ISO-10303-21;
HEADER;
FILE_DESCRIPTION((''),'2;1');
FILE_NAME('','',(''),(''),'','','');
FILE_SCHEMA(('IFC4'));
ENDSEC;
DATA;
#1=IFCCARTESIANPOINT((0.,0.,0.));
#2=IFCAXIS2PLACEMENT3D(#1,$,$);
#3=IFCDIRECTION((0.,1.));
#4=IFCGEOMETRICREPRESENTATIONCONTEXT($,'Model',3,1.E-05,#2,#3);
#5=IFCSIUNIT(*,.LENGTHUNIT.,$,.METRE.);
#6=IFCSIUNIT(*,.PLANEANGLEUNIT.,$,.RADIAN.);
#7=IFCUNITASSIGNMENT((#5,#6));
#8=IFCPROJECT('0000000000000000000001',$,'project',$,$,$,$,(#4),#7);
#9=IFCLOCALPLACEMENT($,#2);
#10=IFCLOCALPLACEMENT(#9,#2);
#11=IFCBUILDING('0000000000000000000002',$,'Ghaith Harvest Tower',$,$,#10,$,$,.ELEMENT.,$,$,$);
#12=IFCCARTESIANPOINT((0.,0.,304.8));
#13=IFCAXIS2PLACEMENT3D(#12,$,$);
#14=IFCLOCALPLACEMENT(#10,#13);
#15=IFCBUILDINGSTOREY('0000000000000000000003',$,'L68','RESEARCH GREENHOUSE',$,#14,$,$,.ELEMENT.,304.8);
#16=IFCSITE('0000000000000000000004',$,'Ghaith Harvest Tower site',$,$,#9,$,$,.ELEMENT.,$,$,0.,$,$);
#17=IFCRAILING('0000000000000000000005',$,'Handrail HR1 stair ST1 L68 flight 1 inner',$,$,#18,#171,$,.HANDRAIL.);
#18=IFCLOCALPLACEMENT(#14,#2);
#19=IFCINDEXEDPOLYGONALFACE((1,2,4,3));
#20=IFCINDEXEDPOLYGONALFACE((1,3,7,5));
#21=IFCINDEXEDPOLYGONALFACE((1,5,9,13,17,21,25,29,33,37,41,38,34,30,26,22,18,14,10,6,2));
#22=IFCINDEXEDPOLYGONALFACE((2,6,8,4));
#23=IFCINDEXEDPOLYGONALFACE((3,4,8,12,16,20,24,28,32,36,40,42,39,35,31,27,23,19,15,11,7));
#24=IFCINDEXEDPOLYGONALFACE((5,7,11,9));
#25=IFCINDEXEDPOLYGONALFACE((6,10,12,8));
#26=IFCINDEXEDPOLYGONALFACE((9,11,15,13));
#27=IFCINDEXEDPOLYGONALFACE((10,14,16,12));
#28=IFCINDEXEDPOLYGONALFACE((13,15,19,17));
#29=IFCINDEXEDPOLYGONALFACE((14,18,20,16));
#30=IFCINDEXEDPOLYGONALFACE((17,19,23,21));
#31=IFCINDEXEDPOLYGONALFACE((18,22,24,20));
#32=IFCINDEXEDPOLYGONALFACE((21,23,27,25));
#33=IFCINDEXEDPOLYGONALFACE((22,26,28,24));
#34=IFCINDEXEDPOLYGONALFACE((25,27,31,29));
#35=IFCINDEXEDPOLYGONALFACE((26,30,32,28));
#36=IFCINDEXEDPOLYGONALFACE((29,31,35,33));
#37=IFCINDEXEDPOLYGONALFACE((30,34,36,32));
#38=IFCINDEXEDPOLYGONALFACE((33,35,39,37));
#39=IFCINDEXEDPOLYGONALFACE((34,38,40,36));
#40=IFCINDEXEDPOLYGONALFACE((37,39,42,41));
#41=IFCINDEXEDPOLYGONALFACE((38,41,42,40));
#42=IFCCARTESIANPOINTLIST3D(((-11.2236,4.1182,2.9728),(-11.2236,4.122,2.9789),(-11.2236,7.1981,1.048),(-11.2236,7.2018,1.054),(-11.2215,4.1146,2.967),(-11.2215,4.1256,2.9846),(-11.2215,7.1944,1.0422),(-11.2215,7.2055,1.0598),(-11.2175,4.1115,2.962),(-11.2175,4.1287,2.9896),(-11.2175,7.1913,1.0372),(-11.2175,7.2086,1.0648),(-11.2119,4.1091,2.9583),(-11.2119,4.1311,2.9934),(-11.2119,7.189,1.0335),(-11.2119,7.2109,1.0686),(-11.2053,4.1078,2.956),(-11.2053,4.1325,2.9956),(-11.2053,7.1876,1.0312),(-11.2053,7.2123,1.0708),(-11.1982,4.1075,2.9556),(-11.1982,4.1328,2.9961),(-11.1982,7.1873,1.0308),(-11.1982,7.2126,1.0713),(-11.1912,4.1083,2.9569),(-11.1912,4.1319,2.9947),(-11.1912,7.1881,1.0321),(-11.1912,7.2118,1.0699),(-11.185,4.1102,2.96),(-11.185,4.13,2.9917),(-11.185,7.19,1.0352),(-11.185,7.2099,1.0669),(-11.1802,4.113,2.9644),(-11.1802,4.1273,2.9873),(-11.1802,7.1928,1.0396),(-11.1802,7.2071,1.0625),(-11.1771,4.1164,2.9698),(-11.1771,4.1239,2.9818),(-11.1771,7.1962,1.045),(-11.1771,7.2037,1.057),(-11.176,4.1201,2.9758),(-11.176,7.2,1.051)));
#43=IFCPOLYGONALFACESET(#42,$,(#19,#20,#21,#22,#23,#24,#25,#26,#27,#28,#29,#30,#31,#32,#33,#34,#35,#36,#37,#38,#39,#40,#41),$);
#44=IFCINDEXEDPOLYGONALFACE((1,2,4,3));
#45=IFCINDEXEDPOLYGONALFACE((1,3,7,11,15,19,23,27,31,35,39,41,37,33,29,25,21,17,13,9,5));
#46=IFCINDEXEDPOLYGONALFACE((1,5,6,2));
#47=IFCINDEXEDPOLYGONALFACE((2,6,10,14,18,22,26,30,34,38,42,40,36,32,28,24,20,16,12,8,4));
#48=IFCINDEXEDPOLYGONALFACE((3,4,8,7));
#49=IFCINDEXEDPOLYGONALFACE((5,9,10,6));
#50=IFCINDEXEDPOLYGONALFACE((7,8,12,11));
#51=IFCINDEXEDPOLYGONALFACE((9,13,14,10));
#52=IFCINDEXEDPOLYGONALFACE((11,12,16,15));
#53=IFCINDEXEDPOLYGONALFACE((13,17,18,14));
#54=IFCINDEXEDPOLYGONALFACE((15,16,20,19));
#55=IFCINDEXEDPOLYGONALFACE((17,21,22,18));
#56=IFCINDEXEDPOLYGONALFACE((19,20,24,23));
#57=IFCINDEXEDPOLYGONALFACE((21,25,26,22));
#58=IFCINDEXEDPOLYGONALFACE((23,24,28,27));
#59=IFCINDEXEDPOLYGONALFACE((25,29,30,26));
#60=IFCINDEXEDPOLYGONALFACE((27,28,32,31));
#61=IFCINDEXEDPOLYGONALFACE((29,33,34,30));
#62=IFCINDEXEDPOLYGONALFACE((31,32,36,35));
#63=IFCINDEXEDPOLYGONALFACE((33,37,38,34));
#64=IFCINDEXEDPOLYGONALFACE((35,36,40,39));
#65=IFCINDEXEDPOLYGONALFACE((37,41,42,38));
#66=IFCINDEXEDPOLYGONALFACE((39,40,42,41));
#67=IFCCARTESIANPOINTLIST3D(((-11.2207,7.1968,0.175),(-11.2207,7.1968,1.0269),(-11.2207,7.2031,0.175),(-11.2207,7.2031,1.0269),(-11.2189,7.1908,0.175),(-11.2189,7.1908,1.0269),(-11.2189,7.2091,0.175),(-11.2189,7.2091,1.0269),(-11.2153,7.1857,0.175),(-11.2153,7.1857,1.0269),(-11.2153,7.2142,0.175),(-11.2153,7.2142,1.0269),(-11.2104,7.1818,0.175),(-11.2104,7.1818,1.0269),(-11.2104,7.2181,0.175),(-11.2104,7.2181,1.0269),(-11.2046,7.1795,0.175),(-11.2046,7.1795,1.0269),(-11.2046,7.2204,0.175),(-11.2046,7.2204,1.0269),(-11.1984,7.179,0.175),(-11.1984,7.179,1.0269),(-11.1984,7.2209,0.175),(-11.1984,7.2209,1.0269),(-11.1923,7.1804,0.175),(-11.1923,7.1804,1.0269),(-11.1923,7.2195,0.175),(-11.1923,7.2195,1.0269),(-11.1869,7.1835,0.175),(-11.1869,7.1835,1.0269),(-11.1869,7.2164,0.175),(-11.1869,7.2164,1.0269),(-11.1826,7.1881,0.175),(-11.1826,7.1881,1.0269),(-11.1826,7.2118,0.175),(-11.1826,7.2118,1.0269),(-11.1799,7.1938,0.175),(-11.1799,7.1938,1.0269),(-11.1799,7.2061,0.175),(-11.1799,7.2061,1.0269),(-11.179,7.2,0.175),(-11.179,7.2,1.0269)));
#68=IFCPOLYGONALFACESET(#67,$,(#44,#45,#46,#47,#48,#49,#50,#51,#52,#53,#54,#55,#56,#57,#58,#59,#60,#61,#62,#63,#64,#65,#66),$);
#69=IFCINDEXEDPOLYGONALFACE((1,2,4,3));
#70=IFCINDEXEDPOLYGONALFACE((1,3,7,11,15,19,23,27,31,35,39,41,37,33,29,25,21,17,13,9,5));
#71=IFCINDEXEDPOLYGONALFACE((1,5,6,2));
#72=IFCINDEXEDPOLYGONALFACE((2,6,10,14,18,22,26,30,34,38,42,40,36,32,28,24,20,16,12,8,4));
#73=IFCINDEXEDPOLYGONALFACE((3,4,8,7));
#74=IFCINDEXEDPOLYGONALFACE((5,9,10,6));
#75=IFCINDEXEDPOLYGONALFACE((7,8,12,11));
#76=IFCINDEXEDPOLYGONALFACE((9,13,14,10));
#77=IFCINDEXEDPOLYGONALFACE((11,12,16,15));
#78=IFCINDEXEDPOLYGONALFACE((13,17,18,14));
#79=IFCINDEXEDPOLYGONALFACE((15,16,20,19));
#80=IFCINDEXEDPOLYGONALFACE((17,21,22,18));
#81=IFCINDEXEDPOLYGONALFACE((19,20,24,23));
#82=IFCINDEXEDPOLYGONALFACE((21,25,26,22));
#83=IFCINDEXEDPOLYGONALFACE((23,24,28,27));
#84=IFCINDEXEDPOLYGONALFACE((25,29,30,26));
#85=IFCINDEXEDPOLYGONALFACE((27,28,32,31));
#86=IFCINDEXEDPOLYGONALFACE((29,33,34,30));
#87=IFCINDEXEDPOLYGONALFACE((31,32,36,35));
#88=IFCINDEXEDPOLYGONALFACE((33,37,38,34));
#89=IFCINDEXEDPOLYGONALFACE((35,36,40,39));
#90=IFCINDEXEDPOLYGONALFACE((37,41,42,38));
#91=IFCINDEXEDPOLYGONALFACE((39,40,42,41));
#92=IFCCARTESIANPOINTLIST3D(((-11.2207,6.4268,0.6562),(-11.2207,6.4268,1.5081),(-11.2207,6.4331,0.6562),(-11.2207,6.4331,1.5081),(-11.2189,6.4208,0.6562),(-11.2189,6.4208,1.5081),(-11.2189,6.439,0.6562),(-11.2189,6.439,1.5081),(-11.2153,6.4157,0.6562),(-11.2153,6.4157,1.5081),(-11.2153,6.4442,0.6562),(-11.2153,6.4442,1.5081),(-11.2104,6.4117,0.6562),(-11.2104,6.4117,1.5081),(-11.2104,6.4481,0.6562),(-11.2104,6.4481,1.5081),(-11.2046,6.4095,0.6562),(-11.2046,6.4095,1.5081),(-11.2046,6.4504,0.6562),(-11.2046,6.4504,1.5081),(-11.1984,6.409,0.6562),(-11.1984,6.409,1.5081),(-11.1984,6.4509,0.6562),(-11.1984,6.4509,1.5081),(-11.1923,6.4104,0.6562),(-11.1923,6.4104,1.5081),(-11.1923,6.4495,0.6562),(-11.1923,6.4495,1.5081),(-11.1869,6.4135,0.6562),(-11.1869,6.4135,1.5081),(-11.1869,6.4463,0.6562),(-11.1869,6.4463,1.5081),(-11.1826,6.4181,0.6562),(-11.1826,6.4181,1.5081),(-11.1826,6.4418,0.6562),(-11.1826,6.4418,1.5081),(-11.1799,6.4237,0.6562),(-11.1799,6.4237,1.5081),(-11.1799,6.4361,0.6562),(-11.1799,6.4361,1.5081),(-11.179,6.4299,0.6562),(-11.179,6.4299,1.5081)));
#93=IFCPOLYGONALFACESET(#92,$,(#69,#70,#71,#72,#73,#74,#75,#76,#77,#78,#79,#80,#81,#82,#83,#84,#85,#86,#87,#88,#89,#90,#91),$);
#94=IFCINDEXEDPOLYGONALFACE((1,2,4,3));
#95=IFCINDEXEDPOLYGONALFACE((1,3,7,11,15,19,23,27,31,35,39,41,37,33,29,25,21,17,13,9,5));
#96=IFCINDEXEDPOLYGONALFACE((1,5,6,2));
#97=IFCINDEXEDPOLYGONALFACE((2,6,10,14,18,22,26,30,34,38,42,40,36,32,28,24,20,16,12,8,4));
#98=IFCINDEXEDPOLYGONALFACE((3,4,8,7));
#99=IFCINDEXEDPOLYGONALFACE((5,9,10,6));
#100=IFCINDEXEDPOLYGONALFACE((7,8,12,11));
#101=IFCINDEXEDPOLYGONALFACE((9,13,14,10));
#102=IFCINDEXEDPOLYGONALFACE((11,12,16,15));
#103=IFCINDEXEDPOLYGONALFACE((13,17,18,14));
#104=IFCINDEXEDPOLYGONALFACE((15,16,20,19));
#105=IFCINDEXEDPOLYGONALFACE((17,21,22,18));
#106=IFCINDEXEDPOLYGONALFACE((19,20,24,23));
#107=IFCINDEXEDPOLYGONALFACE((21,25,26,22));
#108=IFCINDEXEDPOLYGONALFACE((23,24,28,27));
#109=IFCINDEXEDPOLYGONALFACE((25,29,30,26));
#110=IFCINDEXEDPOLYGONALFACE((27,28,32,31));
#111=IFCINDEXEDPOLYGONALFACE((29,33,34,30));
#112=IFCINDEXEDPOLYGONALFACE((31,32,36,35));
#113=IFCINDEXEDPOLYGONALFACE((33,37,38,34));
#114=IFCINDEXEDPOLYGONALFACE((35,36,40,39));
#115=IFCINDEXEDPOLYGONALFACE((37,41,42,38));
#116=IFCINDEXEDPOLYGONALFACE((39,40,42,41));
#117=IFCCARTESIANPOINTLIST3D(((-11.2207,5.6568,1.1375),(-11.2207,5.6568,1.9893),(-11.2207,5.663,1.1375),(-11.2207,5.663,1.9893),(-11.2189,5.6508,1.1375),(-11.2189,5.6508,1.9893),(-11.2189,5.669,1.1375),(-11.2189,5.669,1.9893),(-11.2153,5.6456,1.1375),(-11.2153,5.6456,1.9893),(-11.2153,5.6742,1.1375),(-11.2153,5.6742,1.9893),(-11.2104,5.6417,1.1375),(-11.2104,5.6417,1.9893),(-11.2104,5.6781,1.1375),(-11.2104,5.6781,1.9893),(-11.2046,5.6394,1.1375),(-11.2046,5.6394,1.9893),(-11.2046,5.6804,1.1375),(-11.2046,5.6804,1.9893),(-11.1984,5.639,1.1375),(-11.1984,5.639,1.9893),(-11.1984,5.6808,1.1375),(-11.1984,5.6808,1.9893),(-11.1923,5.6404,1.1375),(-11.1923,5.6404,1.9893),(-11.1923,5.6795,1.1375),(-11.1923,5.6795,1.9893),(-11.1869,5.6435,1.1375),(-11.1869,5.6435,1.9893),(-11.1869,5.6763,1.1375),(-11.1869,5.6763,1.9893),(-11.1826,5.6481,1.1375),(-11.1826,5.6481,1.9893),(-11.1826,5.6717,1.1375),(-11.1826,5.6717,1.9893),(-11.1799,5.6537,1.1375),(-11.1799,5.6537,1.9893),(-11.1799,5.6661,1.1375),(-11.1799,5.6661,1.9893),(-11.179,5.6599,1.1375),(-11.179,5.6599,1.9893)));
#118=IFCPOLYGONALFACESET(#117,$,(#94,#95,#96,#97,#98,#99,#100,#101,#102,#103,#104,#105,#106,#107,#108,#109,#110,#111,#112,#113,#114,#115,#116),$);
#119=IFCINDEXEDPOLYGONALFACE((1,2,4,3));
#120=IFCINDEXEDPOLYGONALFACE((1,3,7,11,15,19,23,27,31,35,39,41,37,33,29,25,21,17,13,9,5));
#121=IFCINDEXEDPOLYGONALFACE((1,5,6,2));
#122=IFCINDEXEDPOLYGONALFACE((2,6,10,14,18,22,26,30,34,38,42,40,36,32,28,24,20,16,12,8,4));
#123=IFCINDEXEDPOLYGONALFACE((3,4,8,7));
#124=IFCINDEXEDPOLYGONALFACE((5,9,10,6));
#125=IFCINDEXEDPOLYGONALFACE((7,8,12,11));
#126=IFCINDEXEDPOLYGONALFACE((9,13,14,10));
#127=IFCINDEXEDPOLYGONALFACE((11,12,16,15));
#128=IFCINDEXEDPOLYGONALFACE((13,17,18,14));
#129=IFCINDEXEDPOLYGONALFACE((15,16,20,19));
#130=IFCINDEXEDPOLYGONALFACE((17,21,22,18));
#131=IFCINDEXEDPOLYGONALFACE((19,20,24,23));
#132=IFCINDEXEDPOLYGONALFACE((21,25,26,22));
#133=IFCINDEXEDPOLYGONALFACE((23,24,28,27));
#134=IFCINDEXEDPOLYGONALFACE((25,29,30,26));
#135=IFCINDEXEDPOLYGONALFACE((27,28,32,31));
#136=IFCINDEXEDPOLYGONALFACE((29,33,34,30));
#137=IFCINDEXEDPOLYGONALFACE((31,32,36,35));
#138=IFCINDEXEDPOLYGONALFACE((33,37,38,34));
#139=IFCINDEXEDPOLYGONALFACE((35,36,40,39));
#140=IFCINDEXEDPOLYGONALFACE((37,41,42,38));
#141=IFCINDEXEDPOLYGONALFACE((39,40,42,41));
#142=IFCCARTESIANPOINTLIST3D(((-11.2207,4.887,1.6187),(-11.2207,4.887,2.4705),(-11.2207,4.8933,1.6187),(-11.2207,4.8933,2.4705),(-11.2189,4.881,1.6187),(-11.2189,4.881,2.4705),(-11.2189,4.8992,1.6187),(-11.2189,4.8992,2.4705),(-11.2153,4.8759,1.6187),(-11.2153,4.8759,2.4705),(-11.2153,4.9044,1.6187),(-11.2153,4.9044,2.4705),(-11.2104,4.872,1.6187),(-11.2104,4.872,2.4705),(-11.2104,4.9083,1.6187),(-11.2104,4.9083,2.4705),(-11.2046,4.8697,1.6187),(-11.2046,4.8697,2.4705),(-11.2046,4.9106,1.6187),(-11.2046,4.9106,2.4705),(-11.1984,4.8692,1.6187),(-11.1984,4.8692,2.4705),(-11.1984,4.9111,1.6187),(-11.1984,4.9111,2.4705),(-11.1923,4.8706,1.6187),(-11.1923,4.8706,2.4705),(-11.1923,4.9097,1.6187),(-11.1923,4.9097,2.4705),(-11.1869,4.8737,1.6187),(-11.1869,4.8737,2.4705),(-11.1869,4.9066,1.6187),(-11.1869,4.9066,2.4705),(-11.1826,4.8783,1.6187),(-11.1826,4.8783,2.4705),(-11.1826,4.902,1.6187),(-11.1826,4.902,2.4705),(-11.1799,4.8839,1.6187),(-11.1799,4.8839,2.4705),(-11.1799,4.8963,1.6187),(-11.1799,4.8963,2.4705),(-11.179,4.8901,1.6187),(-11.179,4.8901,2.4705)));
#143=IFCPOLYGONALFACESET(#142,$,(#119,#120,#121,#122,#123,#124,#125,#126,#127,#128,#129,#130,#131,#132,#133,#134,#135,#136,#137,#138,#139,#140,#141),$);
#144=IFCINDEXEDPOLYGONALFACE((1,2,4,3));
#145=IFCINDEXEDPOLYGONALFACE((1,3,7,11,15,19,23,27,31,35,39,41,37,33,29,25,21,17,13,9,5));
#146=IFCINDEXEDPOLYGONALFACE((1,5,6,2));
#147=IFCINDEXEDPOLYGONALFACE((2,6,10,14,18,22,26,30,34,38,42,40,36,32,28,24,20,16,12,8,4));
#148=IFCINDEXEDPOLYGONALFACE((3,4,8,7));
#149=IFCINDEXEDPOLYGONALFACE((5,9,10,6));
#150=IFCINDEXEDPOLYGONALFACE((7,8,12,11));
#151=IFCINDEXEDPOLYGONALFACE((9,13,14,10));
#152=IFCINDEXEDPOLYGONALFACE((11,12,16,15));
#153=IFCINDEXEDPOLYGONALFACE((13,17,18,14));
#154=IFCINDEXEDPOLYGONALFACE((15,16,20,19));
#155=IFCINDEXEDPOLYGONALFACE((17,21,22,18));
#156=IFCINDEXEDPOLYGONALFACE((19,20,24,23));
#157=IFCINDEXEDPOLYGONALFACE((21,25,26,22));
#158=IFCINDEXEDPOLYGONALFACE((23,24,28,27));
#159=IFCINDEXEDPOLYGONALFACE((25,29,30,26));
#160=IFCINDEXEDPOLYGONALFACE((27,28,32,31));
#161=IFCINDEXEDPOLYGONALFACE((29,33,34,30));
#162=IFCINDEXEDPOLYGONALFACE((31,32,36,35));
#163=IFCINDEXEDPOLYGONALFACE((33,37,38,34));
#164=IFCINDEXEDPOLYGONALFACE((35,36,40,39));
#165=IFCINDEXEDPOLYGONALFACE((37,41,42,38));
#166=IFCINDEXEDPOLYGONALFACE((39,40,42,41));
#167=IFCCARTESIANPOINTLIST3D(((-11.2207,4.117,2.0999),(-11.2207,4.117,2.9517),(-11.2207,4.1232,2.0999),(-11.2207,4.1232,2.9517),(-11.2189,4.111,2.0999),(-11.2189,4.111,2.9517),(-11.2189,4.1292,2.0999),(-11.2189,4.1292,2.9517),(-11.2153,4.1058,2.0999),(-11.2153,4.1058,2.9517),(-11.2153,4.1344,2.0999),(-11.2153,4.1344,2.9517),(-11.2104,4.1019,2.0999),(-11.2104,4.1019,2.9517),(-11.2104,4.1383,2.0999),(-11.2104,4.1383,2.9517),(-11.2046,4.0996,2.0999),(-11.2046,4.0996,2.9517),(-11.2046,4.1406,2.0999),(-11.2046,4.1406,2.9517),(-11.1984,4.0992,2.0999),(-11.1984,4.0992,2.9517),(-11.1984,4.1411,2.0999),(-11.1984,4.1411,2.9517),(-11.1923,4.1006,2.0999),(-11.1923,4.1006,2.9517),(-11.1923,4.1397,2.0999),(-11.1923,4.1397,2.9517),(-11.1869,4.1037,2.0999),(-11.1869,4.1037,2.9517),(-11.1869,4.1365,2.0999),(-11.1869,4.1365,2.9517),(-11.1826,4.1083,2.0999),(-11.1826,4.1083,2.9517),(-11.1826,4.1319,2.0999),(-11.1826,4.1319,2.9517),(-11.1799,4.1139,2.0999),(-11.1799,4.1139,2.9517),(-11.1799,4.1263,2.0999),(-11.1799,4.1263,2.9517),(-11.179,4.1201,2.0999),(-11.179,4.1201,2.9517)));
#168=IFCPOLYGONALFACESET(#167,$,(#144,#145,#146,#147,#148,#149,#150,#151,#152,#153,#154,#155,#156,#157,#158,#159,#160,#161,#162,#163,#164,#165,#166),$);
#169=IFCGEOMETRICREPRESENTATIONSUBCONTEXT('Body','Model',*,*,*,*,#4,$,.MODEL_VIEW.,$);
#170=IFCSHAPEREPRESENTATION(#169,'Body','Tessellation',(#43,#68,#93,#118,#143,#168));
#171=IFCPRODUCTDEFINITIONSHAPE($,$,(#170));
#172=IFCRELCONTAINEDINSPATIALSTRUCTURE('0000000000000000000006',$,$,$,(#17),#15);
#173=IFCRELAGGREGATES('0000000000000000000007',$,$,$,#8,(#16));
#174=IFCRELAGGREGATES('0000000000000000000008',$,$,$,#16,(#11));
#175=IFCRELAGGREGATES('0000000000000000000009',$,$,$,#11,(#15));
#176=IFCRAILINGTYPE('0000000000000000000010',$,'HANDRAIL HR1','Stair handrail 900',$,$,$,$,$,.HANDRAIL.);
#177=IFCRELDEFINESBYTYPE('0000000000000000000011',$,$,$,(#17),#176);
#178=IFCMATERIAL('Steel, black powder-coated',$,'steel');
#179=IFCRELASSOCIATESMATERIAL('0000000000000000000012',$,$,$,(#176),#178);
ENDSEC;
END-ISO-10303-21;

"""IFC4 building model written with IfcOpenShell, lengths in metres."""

from ifc_helpers import new_model, si_unit, direction, frame, origin, origin_2d, place, context, subcontext, project, spatial, circle, extrude, material, type_object, element, save


model = new_model("IFC4")

# Units and contexts
model_context = context("Model", 3, precision=1e-05, world=origin(), true_north=direction((0.0, 1.0)))
body_context = subcontext(model_context, "Body", "Model", "MODEL_VIEW")
ifc_project = project(units=[si_unit("LENGTHUNIT", "METRE"), si_unit("PLANEANGLEUNIT", "RADIAN")], contexts=[model_context])

# Site, building, storey
site_placement = place(None, origin())
site = spatial("IfcSite", under=ifc_project, at=site_placement, Name="Ghaith Harvest Tower site", CompositionType="ELEMENT", RefElevation=0.0)
building_placement = place(site_placement, origin())
building = spatial("IfcBuilding", under=site, at=building_placement, Name="Ghaith Harvest Tower", CompositionType="ELEMENT")
storey_placement = place(building_placement, frame((0.0, 0.0, 304.8)))
storey = spatial("IfcBuildingStorey", under=building, at=storey_placement, Name="L68", Description="RESEARCH GREENHOUSE", CompositionType="ELEMENT", Elevation=304.8)

# Railing
ifc_material_1 = material(Name="Steel, black powder-coated", Category="steel")
railing_type = type_object("IfcRailingType", Name="HANDRAIL HR1", Description="Stair handrail 900", PredefinedType="HANDRAIL", material=ifc_material_1)
railing_1_placement = place(storey_placement, frame((-11.2, 7.2, 0.175)))
element("IfcRailing", 1, at=railing_1_placement, inside=storey, type_object=railing_type, Name="Handrail HR1 stair ST1 L68 flight 1 inner", PredefinedType="HANDRAIL", context=body_context, shape_type="SweptSolid", body=[
    extrude(circle(Radius=0.0239, at=origin_2d()), frame((0.0, 0.0, 0.876), z_axis=(0.0, -0.84801, 0.529981), x_axis=(1.0, 0.0, 0.0)), (0.0, 0.0, 1.0), 3.6318),
    extrude(circle(Radius=0.021, at=origin_2d()), origin(), (0.0, 0.0, 1.0), 0.8518),
    extrude(circle(Radius=0.021, at=origin_2d()), frame((0.0, -0.77, 0.4812)), (0.0, 0.0, 1.0), 0.8518),
    extrude(circle(Radius=0.021, at=origin_2d()), frame((0.0, -1.54, 0.9624)), (0.0, 0.0, 1.0), 0.8518),
    extrude(circle(Radius=0.021, at=origin_2d()), frame((0.0, -2.3098, 1.4436)), (0.0, 0.0, 1.0), 0.8518),
    extrude(circle(Radius=0.021, at=origin_2d()), frame((0.0, -3.0798, 1.9248)), (0.0, 0.0, 1.0), 0.8518),
])

save(model, "model.ifc")
